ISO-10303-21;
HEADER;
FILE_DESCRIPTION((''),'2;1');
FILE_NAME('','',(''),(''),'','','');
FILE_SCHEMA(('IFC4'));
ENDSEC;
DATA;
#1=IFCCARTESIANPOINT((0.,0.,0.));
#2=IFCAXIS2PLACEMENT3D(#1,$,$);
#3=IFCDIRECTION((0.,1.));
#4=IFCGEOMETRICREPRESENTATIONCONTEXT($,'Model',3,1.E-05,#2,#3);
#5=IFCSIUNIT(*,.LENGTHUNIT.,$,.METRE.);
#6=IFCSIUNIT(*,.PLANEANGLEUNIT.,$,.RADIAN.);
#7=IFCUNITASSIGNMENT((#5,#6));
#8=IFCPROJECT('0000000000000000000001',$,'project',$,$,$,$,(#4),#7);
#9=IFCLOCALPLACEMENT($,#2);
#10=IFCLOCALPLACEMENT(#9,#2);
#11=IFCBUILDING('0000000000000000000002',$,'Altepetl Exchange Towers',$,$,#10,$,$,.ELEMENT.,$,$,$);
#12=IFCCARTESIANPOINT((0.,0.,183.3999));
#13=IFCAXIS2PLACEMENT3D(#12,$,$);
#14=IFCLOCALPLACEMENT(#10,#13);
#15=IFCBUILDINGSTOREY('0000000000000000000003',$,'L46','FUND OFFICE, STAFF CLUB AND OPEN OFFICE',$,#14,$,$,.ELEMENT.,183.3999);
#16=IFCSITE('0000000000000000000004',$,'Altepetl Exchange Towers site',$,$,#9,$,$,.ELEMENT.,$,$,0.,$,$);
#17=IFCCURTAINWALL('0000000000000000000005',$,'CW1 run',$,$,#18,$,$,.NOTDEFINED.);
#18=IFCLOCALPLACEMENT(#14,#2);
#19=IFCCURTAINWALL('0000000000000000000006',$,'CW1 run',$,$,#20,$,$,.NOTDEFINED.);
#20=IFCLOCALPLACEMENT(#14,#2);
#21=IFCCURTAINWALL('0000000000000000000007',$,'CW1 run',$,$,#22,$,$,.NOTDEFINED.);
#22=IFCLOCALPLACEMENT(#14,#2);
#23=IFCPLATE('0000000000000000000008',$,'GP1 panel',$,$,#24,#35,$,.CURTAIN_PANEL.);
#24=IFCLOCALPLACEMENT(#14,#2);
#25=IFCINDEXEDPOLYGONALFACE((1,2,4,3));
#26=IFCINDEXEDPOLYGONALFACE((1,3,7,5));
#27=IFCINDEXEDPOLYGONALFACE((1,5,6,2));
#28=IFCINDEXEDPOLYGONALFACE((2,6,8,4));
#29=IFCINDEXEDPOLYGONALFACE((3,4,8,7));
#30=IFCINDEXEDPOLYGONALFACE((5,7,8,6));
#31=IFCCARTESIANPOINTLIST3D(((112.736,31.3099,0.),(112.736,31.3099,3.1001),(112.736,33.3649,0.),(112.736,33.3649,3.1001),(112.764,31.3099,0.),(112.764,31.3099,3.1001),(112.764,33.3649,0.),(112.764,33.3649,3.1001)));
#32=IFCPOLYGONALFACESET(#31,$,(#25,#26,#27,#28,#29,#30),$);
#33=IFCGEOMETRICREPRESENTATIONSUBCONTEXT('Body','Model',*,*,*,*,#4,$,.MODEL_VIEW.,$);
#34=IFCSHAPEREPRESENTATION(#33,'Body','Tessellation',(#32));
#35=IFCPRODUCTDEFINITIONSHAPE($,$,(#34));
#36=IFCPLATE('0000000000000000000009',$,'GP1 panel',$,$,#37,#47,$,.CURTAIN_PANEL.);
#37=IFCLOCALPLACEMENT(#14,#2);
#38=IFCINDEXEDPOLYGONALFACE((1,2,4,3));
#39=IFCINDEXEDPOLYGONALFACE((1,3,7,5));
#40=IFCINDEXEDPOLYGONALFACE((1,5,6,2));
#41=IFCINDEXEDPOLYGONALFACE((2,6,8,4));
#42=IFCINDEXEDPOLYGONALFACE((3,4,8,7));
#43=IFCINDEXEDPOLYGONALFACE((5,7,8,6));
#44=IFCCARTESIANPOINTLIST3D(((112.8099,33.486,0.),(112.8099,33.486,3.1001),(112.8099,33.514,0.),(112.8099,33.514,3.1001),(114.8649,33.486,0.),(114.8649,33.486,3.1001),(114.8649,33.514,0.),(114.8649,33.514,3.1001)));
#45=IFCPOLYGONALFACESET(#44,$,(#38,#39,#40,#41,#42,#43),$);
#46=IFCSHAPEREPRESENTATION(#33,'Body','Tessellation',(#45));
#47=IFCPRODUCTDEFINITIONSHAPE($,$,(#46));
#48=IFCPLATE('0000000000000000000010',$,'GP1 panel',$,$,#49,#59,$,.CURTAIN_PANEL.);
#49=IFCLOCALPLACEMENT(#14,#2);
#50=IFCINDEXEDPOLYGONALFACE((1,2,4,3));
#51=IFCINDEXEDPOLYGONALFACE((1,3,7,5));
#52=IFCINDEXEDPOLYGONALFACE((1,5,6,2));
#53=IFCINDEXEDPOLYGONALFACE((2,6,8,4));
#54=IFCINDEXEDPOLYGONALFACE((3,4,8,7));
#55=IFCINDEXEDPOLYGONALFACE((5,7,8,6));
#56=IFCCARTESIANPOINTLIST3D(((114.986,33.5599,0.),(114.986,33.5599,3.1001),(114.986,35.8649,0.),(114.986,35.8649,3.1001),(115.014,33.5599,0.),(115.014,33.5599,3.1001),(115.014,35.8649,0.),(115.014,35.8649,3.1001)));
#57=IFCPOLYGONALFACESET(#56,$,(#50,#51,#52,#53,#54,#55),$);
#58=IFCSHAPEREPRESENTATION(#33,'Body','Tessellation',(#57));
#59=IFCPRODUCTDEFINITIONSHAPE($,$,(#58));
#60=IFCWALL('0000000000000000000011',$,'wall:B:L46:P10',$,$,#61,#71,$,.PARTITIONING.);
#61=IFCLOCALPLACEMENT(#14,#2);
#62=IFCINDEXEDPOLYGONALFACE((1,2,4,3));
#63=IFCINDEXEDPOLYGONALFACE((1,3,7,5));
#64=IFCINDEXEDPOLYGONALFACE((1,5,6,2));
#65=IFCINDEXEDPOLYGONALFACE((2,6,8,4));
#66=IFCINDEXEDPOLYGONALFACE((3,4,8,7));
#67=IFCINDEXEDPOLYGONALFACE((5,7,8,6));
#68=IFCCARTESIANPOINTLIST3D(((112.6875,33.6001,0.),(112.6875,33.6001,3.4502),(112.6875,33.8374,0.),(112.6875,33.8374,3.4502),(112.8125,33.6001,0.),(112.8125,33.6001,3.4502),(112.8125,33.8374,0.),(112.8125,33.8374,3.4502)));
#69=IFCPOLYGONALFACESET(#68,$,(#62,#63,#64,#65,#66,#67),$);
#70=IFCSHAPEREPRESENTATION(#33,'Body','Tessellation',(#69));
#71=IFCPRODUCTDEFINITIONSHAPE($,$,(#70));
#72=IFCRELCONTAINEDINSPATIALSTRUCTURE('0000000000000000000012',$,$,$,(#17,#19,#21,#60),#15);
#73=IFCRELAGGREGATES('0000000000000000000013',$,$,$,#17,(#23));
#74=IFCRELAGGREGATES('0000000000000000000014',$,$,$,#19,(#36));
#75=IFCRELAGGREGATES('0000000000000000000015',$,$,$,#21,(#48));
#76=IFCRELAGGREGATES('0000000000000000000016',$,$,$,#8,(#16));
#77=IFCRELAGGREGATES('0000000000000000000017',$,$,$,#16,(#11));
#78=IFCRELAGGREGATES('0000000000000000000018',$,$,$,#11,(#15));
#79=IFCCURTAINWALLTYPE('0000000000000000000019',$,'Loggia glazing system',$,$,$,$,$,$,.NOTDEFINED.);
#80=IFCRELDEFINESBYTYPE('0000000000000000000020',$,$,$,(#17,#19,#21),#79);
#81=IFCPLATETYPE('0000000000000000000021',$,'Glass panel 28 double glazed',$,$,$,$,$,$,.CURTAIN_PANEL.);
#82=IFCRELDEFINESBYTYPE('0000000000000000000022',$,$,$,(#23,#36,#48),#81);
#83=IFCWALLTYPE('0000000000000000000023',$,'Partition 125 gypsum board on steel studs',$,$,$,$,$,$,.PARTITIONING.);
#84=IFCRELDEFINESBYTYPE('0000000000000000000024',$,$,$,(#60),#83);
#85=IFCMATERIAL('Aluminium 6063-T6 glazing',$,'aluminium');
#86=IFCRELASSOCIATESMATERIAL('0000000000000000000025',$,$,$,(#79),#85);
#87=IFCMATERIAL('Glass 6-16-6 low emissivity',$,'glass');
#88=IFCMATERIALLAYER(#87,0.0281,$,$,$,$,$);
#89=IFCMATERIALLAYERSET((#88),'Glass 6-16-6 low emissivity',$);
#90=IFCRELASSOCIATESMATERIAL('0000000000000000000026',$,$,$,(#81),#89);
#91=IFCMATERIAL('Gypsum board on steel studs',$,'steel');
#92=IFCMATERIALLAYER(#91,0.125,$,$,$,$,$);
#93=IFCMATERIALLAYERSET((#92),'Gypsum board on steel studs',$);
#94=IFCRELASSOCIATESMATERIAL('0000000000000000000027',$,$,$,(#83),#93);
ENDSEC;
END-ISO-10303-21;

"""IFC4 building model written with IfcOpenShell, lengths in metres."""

from ifc_helpers import new_model, si_unit, direction, frame, frame_2d, origin, origin_2d, place, context, subcontext, project, spatial, rectangle, extrude, material, layer, layer_set, type_object, element, aggregate, save


model = new_model("IFC4")

# Units and contexts
model_context = context("Model", 3, precision=1e-05, world=origin(), true_north=direction((0.0, 1.0)))
body_context = subcontext(model_context, "Body", "Model", "MODEL_VIEW")
ifc_project = project(units=[si_unit("LENGTHUNIT", "METRE"), si_unit("PLANEANGLEUNIT", "RADIAN")], contexts=[model_context])

# Site, building, storey
site_placement = place(None, origin())
site = spatial("IfcSite", under=ifc_project, at=site_placement, Name="Altepetl Exchange Towers site", CompositionType="ELEMENT", RefElevation=0.0)
building_placement = place(site_placement, origin())
building = spatial("IfcBuilding", under=site, at=building_placement, Name="Altepetl Exchange Towers", CompositionType="ELEMENT")
storey_placement = place(building_placement, frame((0.0, 0.0, 183.3999)))
storey = spatial("IfcBuildingStorey", under=building, at=storey_placement, Name="L46", Description="FUND OFFICE, STAFF CLUB AND OPEN OFFICE", CompositionType="ELEMENT", Elevation=183.3999)

# Shared definitions
ifc_material_1 = material(Name="Aluminium 6063-T6 glazing", Category="aluminium")
curtain_wall_type = type_object("IfcCurtainWallType", Name="Loggia glazing system", PredefinedType="NOTDEFINED", material=ifc_material_1)

# Curtain walls
curtain_wall_1_placement = place(storey_placement, origin())
curtain_wall_1 = element("IfcCurtainWall", 1, at=curtain_wall_1_placement, inside=storey, type_object=curtain_wall_type, Name="CW1 run", PredefinedType="NOTDEFINED")
curtain_wall_2_placement = place(storey_placement, origin())
curtain_wall_2 = element("IfcCurtainWall", 2, at=curtain_wall_2_placement, inside=storey, type_object=curtain_wall_type, Name="CW1 run", PredefinedType="NOTDEFINED")
curtain_wall_3_placement = place(storey_placement, origin())
curtain_wall_3 = element("IfcCurtainWall", 3, at=curtain_wall_3_placement, inside=storey, type_object=curtain_wall_type, Name="CW1 run", PredefinedType="NOTDEFINED")

# Plates
ifc_material_2 = material(Name="Glass 6-16-6 low emissivity", Category="glass")
ifc_layer_1 = layer(ifc_material_2, 0.0281)
ifc_layer_set_1 = layer_set([ifc_layer_1], Name="Glass 6-16-6 low emissivity")
plate_type = type_object("IfcPlateType", Name="Glass panel 28 double glazed", PredefinedType="CURTAIN_PANEL", material=ifc_layer_set_1)
plate_1_placement = place(storey_placement, frame((112.75, 32.3374, 0.0), z_axis=(0.0, 0.0, 1.0), x_axis=(0.0, 1.0, 0.0)))
plate_1 = element("IfcPlate", 4, at=plate_1_placement, type_object=plate_type, Name="GP1 panel", PredefinedType="CURTAIN_PANEL", context=body_context, shape_type="SweptSolid", body=[
    extrude(rectangle(XDim=2.0549, YDim=0.0281, at=origin_2d()), origin(), (0.0, 0.0, 1.0), 3.1001),
])
aggregate(curtain_wall_1, [plate_1])
plate_2_placement = place(storey_placement, frame((113.8374, 33.5, 0.0)))
plate_2 = element("IfcPlate", 5, at=plate_2_placement, type_object=plate_type, Name="GP1 panel", PredefinedType="CURTAIN_PANEL", context=body_context, shape_type="SweptSolid", body=[
    extrude(rectangle(XDim=2.0549, YDim=0.0281, at=origin_2d()), origin(), (0.0, 0.0, 1.0), 3.1001),
])
aggregate(curtain_wall_2, [plate_2])
plate_3_placement = place(storey_placement, frame((115.0, 34.7124, 0.0), z_axis=(0.0, 0.0, 1.0), x_axis=(0.0, 1.0, 0.0)))
plate_3 = element("IfcPlate", 6, at=plate_3_placement, type_object=plate_type, Name="GP1 panel", PredefinedType="CURTAIN_PANEL", context=body_context, shape_type="SweptSolid", body=[
    extrude(rectangle(XDim=2.3049, YDim=0.0281, at=origin_2d()), origin(), (0.0, 0.0, 1.0), 3.1001),
])
aggregate(curtain_wall_3, [plate_3])

# Wall
ifc_material_3 = material(Name="Gypsum board on steel studs", Category="steel")
ifc_layer_2 = layer(ifc_material_3, 0.125)
ifc_layer_set_2 = layer_set([ifc_layer_2], Name="Gypsum board on steel studs")
wall_type = type_object("IfcWallType", Name="Partition 125 gypsum board on steel studs", PredefinedType="PARTITIONING", material=ifc_layer_set_2)
wall_placement = place(storey_placement, frame((112.75, 33.6001, 0.0), z_axis=(0.0, 0.0, 1.0), x_axis=(0.0, 1.0, 0.0)))
element("IfcWall", 7, at=wall_placement, inside=storey, type_object=wall_type, Name="wall:B:L46:P10", PredefinedType="PARTITIONING", context=body_context, shape_type="SweptSolid", body=[
    extrude(rectangle(XDim=0.2373, YDim=0.125, at=frame_2d((0.1187, 0.0))), origin(), (0.0, 0.0, 1.0), 3.4502),
])

save(model, "model.ifc")
